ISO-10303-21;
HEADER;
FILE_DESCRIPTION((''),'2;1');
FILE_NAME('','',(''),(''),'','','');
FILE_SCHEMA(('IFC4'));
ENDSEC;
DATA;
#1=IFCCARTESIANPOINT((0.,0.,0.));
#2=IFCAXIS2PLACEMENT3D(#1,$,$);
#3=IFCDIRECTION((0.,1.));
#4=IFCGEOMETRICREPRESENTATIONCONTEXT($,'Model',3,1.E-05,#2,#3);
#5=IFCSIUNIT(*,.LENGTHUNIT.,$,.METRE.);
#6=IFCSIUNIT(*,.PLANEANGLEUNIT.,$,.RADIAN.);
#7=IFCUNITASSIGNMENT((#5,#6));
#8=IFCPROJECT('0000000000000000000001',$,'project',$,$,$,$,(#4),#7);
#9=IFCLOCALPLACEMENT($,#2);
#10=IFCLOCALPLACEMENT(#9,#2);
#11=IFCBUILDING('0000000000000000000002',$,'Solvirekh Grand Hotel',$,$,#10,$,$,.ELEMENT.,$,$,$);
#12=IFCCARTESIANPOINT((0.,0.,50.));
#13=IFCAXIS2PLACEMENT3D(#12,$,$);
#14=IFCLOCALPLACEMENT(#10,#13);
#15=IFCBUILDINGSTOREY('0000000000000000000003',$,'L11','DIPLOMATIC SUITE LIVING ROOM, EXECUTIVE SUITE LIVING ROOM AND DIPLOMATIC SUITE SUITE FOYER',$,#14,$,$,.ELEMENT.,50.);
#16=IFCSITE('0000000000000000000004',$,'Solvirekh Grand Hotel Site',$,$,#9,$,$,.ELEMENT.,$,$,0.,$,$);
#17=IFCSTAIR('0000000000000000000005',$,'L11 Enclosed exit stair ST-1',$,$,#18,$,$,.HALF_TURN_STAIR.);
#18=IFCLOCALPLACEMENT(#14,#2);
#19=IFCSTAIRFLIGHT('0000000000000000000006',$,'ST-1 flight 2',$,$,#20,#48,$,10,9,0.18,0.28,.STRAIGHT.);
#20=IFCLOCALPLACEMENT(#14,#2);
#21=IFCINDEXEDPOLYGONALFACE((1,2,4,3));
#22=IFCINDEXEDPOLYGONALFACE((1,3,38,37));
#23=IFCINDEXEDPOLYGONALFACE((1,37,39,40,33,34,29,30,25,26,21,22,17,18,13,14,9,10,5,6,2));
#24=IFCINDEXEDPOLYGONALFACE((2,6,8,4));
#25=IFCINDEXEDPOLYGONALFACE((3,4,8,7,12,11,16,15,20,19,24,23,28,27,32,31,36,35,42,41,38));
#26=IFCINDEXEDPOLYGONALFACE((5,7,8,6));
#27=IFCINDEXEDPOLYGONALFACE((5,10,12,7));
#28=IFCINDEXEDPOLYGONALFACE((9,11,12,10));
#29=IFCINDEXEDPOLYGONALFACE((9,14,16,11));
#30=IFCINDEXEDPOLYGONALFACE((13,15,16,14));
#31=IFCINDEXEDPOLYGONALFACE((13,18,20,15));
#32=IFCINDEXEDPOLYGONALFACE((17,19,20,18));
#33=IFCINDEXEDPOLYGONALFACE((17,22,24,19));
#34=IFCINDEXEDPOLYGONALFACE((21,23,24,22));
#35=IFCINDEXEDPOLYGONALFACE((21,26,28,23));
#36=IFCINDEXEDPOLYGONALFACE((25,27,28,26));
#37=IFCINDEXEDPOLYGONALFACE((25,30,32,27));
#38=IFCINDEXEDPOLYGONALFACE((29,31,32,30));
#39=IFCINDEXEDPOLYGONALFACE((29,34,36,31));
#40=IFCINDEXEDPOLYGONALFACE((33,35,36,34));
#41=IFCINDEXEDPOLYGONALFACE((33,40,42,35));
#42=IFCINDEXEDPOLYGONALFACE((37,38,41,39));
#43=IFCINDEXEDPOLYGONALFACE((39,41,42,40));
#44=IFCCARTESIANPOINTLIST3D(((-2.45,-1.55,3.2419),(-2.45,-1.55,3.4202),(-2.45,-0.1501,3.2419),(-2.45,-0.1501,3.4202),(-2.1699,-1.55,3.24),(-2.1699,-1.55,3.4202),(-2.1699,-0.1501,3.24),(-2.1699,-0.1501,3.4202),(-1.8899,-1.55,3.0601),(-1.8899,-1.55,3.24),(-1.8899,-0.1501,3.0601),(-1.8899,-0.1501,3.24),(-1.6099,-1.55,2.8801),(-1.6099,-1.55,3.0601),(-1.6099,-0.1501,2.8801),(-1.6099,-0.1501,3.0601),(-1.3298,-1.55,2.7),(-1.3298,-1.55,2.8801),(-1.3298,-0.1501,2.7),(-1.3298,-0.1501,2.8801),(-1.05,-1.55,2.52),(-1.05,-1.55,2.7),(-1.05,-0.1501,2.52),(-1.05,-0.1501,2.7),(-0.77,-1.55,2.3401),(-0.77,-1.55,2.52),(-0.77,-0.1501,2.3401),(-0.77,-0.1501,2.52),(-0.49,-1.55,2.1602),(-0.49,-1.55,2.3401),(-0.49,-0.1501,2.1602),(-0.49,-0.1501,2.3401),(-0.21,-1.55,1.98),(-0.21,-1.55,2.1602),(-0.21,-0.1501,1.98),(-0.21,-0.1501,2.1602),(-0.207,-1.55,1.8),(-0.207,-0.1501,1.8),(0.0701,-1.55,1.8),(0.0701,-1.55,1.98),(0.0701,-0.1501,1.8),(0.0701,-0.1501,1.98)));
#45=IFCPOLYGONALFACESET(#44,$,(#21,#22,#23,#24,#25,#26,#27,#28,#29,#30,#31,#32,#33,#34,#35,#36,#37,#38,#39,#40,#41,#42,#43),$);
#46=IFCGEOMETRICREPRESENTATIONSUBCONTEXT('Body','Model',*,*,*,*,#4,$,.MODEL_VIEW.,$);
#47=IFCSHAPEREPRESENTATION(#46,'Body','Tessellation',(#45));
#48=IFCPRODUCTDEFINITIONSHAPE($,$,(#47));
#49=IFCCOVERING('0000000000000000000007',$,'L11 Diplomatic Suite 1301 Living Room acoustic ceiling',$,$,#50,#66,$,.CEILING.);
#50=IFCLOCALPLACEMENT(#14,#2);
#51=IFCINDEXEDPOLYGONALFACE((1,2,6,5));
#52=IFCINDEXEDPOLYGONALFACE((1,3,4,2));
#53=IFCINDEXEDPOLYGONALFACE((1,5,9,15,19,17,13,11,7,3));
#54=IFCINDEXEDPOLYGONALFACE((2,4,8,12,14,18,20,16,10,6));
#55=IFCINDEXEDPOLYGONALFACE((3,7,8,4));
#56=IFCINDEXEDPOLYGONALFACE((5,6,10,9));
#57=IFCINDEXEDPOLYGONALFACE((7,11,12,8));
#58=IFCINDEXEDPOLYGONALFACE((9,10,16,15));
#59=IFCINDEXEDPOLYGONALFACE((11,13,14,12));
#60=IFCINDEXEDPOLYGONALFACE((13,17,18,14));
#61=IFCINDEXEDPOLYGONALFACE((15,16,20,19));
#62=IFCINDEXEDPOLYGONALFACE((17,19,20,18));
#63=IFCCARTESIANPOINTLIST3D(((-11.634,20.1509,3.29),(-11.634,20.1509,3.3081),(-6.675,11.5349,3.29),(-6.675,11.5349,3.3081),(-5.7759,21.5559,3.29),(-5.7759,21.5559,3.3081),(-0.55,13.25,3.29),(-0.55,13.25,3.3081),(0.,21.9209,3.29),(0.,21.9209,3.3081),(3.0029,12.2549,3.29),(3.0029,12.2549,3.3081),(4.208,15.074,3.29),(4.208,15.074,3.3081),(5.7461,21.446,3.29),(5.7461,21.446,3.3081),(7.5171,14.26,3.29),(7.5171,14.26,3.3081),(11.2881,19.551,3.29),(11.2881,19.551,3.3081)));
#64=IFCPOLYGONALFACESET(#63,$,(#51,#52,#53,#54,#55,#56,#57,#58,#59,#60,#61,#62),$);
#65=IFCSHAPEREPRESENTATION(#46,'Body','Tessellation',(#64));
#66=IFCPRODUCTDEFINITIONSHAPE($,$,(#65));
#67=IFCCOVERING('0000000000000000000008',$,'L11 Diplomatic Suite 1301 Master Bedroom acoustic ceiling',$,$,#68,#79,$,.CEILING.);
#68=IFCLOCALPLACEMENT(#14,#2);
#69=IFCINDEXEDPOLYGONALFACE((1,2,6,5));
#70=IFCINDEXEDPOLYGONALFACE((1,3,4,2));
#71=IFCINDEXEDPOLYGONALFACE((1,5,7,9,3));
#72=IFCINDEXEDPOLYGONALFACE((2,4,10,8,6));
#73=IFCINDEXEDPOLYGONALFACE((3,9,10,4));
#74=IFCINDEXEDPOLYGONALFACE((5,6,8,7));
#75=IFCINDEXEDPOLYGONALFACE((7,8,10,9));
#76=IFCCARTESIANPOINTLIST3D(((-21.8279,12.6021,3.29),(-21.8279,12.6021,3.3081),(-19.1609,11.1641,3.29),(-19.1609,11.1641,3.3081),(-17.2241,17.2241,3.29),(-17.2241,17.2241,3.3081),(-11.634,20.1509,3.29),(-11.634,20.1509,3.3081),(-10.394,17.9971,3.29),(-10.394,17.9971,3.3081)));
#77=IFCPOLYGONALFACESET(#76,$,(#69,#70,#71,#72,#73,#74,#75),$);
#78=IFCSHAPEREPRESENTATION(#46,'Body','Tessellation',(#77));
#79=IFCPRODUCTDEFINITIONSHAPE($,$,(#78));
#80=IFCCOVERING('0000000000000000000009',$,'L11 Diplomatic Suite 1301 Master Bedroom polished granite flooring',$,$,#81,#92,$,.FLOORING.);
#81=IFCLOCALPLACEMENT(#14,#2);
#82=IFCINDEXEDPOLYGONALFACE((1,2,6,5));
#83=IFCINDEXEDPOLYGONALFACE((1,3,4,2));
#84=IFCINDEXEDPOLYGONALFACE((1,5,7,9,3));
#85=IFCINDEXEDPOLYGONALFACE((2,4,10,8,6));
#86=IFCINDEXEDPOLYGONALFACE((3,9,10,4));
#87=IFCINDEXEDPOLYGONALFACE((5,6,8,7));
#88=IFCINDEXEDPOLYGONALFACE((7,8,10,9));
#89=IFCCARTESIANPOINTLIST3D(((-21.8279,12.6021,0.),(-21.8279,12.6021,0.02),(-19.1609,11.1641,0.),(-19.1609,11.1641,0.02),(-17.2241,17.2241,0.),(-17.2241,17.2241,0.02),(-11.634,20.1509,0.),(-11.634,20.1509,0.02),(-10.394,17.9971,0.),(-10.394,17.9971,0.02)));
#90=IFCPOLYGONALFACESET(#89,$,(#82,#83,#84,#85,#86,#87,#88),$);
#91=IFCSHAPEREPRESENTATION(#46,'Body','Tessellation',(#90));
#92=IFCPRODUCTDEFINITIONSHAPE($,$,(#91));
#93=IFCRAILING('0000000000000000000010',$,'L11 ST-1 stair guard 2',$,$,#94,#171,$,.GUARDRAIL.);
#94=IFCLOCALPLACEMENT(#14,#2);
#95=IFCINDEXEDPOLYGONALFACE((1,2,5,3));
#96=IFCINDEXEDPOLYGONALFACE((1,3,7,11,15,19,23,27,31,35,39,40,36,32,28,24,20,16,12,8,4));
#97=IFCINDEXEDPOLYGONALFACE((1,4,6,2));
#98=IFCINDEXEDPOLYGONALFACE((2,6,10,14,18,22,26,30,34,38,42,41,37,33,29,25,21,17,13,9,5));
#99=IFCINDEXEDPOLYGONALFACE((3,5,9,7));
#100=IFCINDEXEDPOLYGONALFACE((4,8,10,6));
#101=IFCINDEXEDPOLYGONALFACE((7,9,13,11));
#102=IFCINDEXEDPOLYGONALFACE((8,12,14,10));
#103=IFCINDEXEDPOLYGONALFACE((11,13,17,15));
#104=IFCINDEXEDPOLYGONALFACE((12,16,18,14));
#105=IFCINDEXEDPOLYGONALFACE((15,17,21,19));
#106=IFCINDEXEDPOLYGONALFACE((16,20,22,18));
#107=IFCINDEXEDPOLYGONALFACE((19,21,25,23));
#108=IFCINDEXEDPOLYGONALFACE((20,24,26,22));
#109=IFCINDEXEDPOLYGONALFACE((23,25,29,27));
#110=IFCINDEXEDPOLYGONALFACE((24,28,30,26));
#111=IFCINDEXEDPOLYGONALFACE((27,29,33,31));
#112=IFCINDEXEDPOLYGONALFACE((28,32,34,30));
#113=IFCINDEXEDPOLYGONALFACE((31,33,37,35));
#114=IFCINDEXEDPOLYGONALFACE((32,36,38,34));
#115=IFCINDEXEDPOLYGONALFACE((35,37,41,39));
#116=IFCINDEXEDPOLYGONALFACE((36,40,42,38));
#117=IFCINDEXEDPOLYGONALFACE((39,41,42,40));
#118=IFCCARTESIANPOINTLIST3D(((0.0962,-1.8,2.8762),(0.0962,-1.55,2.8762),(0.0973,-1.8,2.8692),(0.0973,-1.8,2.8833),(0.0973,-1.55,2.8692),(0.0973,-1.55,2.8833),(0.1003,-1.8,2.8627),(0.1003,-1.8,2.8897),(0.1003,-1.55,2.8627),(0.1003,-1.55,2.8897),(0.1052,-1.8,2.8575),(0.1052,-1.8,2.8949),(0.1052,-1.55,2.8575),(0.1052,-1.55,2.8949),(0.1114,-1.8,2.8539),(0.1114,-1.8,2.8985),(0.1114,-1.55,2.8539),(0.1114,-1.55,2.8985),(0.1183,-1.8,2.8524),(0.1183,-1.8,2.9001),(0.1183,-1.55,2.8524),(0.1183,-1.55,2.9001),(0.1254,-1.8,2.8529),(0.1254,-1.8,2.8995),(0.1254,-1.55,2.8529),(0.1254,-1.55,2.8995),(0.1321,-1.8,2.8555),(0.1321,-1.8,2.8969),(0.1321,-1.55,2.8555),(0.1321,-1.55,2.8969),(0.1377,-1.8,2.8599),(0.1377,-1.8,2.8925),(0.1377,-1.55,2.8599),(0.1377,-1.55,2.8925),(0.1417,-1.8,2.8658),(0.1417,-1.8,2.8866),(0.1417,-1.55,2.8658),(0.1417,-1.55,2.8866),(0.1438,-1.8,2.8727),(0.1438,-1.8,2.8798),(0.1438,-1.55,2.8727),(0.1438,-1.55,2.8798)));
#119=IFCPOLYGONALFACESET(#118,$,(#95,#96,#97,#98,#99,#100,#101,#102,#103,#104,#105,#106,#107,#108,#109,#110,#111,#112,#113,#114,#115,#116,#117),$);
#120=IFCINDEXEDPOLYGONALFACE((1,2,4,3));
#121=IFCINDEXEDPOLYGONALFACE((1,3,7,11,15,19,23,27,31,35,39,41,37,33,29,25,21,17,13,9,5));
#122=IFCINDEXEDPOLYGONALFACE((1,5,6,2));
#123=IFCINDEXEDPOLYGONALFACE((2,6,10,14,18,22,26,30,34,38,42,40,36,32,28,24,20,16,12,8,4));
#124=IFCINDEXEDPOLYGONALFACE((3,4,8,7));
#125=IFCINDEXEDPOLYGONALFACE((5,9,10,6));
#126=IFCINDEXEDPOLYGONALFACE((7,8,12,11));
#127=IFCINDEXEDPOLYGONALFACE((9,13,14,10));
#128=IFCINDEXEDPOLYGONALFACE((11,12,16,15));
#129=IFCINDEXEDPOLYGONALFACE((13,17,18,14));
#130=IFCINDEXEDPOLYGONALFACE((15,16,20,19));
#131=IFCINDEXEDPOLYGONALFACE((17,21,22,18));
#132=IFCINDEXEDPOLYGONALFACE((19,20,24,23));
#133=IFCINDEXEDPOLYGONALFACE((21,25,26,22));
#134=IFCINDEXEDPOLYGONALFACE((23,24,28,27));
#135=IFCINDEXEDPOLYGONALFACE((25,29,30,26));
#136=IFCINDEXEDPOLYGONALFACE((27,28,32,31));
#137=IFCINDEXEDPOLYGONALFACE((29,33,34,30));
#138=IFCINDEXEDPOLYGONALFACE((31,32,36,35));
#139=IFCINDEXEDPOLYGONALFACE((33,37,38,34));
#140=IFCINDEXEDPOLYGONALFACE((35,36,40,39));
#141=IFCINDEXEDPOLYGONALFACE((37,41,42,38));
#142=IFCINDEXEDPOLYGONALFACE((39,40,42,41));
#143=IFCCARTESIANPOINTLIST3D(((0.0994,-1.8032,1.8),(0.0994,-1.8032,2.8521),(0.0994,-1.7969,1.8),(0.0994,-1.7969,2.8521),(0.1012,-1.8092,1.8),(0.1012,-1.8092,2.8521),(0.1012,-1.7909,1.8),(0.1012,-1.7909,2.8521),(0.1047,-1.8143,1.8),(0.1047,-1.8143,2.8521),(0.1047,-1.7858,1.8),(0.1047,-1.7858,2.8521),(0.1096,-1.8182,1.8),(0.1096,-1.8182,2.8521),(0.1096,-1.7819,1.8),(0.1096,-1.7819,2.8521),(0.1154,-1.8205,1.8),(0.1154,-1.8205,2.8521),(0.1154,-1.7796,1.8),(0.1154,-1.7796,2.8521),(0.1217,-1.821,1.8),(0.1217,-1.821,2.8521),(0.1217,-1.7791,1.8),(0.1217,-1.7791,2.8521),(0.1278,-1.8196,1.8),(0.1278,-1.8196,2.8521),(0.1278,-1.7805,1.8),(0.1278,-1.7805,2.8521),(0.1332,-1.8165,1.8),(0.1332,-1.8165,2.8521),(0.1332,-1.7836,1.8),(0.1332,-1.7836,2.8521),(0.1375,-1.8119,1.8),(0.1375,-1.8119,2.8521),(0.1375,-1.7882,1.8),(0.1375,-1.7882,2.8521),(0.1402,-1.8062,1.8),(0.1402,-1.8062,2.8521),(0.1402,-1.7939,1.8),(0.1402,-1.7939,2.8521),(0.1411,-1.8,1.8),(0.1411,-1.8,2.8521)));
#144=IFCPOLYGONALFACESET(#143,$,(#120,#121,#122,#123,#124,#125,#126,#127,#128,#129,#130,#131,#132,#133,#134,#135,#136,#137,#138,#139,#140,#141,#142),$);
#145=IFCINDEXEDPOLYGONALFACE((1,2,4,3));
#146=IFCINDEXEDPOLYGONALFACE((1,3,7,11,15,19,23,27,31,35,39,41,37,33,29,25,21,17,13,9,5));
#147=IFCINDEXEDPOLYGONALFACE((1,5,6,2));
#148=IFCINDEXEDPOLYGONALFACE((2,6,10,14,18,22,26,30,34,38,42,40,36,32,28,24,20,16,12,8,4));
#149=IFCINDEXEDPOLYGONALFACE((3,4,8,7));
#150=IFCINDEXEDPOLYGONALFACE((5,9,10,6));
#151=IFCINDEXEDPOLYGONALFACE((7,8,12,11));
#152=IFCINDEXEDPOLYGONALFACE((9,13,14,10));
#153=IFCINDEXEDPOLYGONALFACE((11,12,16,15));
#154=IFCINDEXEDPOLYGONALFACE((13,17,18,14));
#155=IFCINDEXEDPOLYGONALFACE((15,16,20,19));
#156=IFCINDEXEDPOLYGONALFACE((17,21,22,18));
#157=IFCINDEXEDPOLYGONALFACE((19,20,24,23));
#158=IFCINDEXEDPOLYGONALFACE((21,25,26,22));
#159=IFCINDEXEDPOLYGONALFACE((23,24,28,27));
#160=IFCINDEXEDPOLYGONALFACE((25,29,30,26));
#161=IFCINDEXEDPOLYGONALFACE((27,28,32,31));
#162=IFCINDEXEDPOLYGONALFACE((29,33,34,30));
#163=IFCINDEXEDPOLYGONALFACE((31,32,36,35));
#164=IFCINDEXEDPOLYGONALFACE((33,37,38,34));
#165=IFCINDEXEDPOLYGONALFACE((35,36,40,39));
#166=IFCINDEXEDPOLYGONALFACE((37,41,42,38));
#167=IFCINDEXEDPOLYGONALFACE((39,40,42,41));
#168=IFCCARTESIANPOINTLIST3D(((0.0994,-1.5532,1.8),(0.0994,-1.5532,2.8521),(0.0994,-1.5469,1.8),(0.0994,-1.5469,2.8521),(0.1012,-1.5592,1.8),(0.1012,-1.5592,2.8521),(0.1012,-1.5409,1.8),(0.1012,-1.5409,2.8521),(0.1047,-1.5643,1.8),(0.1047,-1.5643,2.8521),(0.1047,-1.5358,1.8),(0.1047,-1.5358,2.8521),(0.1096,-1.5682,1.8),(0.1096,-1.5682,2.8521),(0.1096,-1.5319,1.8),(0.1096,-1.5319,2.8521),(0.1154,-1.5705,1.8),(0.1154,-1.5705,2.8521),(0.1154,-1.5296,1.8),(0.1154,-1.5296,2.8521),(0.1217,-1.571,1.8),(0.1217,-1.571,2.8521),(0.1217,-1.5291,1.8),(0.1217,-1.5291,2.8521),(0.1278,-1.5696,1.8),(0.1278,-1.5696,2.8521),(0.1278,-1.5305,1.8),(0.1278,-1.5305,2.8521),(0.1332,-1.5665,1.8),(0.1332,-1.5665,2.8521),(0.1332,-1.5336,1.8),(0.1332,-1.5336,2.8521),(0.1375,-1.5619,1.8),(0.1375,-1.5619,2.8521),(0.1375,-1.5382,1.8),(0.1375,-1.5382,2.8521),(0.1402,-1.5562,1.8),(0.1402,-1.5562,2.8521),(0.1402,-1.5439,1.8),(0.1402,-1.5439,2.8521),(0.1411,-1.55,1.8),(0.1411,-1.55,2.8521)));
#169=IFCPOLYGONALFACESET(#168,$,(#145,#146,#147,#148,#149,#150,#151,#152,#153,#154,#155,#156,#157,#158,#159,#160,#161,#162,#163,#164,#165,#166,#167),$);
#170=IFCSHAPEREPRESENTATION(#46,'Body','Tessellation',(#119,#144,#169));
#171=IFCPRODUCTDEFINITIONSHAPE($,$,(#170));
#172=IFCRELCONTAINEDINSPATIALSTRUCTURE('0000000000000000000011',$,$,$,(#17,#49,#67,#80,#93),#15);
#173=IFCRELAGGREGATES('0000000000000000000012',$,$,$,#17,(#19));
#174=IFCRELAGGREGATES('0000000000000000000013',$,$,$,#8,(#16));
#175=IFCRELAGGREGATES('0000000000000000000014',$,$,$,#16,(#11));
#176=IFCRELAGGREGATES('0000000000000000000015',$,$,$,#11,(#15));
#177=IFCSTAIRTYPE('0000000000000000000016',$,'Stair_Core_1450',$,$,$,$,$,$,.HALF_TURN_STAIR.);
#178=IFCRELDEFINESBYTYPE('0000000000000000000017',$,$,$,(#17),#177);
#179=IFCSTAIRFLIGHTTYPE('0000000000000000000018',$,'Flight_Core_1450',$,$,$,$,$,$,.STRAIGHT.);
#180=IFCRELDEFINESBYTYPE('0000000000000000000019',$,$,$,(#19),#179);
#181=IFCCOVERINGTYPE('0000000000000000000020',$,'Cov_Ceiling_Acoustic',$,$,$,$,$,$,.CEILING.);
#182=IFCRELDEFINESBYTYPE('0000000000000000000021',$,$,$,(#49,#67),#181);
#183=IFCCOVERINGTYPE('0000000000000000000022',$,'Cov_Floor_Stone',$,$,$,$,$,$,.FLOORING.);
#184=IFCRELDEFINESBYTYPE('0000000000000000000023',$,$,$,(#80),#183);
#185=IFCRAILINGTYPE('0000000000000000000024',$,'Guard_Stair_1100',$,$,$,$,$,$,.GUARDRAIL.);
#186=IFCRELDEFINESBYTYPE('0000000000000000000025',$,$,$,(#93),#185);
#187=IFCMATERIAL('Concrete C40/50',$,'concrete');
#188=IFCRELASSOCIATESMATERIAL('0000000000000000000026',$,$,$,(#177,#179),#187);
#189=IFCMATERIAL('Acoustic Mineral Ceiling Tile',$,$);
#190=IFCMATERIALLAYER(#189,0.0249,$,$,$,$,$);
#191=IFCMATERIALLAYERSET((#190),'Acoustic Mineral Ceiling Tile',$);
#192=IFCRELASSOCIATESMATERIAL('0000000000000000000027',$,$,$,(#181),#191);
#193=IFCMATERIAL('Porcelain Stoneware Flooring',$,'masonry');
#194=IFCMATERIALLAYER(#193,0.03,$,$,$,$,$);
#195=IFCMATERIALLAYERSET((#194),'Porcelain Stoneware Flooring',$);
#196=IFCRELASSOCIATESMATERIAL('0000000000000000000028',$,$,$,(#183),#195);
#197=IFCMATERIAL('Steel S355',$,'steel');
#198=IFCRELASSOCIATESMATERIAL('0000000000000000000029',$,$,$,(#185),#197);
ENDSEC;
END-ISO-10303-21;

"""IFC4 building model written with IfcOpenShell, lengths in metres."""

from ifc_helpers import new_model, si_unit, direction, frame, origin, origin_2d, place, context, subcontext, project, spatial, polyline, circle, outline, extrude, material, layer, layer_set, type_object, element, aggregate, save


model = new_model("IFC4")

# Units and contexts
model_context = context("Model", 3, precision=1e-05, world=origin(), true_north=direction((0.0, 1.0)))
body_context = subcontext(model_context, "Body", "Model", "MODEL_VIEW")
ifc_project = project(units=[si_unit("LENGTHUNIT", "METRE"), si_unit("PLANEANGLEUNIT", "RADIAN")], contexts=[model_context])

# Site, building, storey
site_placement = place(None, origin())
site = spatial("IfcSite", under=ifc_project, at=site_placement, Name="Solvirekh Grand Hotel Site", CompositionType="ELEMENT", RefElevation=0.0)
building_placement = place(site_placement, origin())
building = spatial("IfcBuilding", under=site, at=building_placement, Name="Solvirekh Grand Hotel", CompositionType="ELEMENT")
storey_placement = place(building_placement, frame((0.0, 0.0, 50.0)))
storey = spatial("IfcBuildingStorey", under=building, at=storey_placement, Name="L11", Description="DIPLOMATIC SUITE LIVING ROOM, EXECUTIVE SUITE LIVING ROOM AND DIPLOMATIC SUITE SUITE FOYER", CompositionType="ELEMENT", Elevation=50.0)

# Shared definitions
ifc_material_1 = material(Name="Concrete C40/50", Category="concrete")

# Stair, stair flight
stair_type = type_object("IfcStairType", Name="Stair_Core_1450", PredefinedType="HALF_TURN_STAIR", material=ifc_material_1)
stair_placement = place(storey_placement, origin())
stair = element("IfcStair", 1, at=stair_placement, inside=storey, type_object=stair_type, Name="L11 Enclosed exit stair ST-1", PredefinedType="HALF_TURN_STAIR")
stair_flight_type = type_object("IfcStairFlightType", Name="Flight_Core_1450", PredefinedType="STRAIGHT", material=ifc_material_1)
stair_flight_placement = place(storey_placement, frame((0.0701, -0.8501, 1.8), z_axis=(0.0, 0.0, 1.0), x_axis=(-1.0, 0.0, 0.0)))
stair_flight = element("IfcStairFlight", 2, at=stair_flight_placement, type_object=stair_flight_type, Name="ST-1 flight 2", NumberOfRisers=10, NumberOfTreads=9, PredefinedType="STRAIGHT", RiserHeight=0.18, TreadLength=0.28, context=body_context, shape_type="SweptSolid", body=[
    extrude(outline(polyline([(0.0, 0.0), (0.0, 0.1799), (0.28, 0.1799), (0.28, 0.3601), (0.5601, 0.3601), (0.5601, 0.54), (0.8401, 0.54), (0.8401, 0.72), (1.1201, 0.72), (1.1201, 0.8999), (1.3999, 0.8999), (1.3999, 1.0801), (1.6799, 1.0801), (1.6799, 1.26), (1.96, 1.26), (1.96, 1.4399), (2.24, 1.4399), (2.24, 1.6201), (2.52, 1.6201), (2.52, 1.8), (2.52, 1.4419), (0.2771, 0.0), (0.0, 0.0)])), frame((0.0, 0.7, 0.0), z_axis=(0.0, -1.0, 0.0), x_axis=(1.0, 0.0, 0.0)), (0.0, 0.0, 1.0), 1.3999),
])
aggregate(stair, [stair_flight])

# Coverings
ifc_material_2 = material(Name="Acoustic Mineral Ceiling Tile")
ifc_layer_1 = layer(ifc_material_2, 0.0249)
ifc_layer_set_1 = layer_set([ifc_layer_1], Name="Acoustic Mineral Ceiling Tile")
covering_type_1 = type_object("IfcCoveringType", Name="Cov_Ceiling_Acoustic", PredefinedType="CEILING", material=ifc_layer_set_1)
covering_1_placement = place(storey_placement, frame((0.0, 0.0, 3.29)))
element("IfcCovering", 3, at=covering_1_placement, inside=storey, type_object=covering_type_1, Name="L11 Diplomatic Suite 1301 Living Room acoustic ceiling", PredefinedType="CEILING", context=body_context, shape_type="SweptSolid", body=[
    extrude(outline(polyline([(4.208, 15.074), (7.5171, 14.26), (11.2881, 19.551), (5.7461, 21.446), (0.0, 21.9209), (-5.7759, 21.5559), (-11.634, 20.1509), (-6.675, 11.5349), (-0.55, 13.25), (3.0029, 12.2549), (4.208, 15.074)])), origin(), (0.0, 0.0, 1.0), 0.0181),
])
covering_2_placement = place(storey_placement, frame((0.0, 0.0, 3.29)))
element("IfcCovering", 4, at=covering_2_placement, inside=storey, type_object=covering_type_1, Name="L11 Diplomatic Suite 1301 Master Bedroom acoustic ceiling", PredefinedType="CEILING", context=body_context, shape_type="SweptSolid", body=[
    extrude(outline(polyline([(-11.634, 20.1509), (-17.2241, 17.2241), (-21.8279, 12.6021), (-19.1609, 11.1641), (-10.394, 17.9971), (-11.634, 20.1509)])), origin(), (0.0, 0.0, 1.0), 0.0181),
])
ifc_material_3 = material(Name="Porcelain Stoneware Flooring", Category="masonry")
ifc_layer_2 = layer(ifc_material_3, 0.03)
ifc_layer_set_2 = layer_set([ifc_layer_2], Name="Porcelain Stoneware Flooring")
covering_type_2 = type_object("IfcCoveringType", Name="Cov_Floor_Stone", PredefinedType="FLOORING", material=ifc_layer_set_2)
covering_3_placement = place(storey_placement, origin())
element("IfcCovering", 5, at=covering_3_placement, inside=storey, type_object=covering_type_2, Name="L11 Diplomatic Suite 1301 Master Bedroom polished granite flooring", PredefinedType="FLOORING", context=body_context, shape_type="SweptSolid", body=[
    extrude(outline(polyline([(-11.634, 20.1509), (-17.2241, 17.2241), (-21.8279, 12.6021), (-19.1609, 11.1641), (-10.394, 17.9971), (-11.634, 20.1509)])), origin(), (0.0, 0.0, 1.0), 0.02),
])

# Railing
ifc_material_4 = material(Name="Steel S355", Category="steel")
railing_type_1 = type_object("IfcRailingType", Name="Guard_Stair_1100", PredefinedType="GUARDRAIL", material=ifc_material_4)
railing_1_placement = place(storey_placement, frame((0.1201, -1.8, 1.8)))
element("IfcRailing", 6, at=railing_1_placement, inside=storey, type_object=railing_type_1, Name="L11 ST-1 stair guard 2", PredefinedType="GUARDRAIL", context=body_context, shape_type="SweptSolid", body=[
    extrude(circle(Radius=0.0239, at=origin_2d()), frame((0.0, 0.0, 1.0762), z_axis=(0.0, 1.0, 0.0), x_axis=(-1.0, 0.0, 0.0)), (0.0, 0.0, 1.0), 0.25),
    extrude(circle(Radius=0.021, at=origin_2d()), origin(), (0.0, 0.0, 1.0), 1.052),
    extrude(circle(Radius=0.021, at=origin_2d()), frame((0.0, 0.25, 0.0)), (0.0, 0.0, 1.0), 1.052),
])

save(model, "model.ifc")
